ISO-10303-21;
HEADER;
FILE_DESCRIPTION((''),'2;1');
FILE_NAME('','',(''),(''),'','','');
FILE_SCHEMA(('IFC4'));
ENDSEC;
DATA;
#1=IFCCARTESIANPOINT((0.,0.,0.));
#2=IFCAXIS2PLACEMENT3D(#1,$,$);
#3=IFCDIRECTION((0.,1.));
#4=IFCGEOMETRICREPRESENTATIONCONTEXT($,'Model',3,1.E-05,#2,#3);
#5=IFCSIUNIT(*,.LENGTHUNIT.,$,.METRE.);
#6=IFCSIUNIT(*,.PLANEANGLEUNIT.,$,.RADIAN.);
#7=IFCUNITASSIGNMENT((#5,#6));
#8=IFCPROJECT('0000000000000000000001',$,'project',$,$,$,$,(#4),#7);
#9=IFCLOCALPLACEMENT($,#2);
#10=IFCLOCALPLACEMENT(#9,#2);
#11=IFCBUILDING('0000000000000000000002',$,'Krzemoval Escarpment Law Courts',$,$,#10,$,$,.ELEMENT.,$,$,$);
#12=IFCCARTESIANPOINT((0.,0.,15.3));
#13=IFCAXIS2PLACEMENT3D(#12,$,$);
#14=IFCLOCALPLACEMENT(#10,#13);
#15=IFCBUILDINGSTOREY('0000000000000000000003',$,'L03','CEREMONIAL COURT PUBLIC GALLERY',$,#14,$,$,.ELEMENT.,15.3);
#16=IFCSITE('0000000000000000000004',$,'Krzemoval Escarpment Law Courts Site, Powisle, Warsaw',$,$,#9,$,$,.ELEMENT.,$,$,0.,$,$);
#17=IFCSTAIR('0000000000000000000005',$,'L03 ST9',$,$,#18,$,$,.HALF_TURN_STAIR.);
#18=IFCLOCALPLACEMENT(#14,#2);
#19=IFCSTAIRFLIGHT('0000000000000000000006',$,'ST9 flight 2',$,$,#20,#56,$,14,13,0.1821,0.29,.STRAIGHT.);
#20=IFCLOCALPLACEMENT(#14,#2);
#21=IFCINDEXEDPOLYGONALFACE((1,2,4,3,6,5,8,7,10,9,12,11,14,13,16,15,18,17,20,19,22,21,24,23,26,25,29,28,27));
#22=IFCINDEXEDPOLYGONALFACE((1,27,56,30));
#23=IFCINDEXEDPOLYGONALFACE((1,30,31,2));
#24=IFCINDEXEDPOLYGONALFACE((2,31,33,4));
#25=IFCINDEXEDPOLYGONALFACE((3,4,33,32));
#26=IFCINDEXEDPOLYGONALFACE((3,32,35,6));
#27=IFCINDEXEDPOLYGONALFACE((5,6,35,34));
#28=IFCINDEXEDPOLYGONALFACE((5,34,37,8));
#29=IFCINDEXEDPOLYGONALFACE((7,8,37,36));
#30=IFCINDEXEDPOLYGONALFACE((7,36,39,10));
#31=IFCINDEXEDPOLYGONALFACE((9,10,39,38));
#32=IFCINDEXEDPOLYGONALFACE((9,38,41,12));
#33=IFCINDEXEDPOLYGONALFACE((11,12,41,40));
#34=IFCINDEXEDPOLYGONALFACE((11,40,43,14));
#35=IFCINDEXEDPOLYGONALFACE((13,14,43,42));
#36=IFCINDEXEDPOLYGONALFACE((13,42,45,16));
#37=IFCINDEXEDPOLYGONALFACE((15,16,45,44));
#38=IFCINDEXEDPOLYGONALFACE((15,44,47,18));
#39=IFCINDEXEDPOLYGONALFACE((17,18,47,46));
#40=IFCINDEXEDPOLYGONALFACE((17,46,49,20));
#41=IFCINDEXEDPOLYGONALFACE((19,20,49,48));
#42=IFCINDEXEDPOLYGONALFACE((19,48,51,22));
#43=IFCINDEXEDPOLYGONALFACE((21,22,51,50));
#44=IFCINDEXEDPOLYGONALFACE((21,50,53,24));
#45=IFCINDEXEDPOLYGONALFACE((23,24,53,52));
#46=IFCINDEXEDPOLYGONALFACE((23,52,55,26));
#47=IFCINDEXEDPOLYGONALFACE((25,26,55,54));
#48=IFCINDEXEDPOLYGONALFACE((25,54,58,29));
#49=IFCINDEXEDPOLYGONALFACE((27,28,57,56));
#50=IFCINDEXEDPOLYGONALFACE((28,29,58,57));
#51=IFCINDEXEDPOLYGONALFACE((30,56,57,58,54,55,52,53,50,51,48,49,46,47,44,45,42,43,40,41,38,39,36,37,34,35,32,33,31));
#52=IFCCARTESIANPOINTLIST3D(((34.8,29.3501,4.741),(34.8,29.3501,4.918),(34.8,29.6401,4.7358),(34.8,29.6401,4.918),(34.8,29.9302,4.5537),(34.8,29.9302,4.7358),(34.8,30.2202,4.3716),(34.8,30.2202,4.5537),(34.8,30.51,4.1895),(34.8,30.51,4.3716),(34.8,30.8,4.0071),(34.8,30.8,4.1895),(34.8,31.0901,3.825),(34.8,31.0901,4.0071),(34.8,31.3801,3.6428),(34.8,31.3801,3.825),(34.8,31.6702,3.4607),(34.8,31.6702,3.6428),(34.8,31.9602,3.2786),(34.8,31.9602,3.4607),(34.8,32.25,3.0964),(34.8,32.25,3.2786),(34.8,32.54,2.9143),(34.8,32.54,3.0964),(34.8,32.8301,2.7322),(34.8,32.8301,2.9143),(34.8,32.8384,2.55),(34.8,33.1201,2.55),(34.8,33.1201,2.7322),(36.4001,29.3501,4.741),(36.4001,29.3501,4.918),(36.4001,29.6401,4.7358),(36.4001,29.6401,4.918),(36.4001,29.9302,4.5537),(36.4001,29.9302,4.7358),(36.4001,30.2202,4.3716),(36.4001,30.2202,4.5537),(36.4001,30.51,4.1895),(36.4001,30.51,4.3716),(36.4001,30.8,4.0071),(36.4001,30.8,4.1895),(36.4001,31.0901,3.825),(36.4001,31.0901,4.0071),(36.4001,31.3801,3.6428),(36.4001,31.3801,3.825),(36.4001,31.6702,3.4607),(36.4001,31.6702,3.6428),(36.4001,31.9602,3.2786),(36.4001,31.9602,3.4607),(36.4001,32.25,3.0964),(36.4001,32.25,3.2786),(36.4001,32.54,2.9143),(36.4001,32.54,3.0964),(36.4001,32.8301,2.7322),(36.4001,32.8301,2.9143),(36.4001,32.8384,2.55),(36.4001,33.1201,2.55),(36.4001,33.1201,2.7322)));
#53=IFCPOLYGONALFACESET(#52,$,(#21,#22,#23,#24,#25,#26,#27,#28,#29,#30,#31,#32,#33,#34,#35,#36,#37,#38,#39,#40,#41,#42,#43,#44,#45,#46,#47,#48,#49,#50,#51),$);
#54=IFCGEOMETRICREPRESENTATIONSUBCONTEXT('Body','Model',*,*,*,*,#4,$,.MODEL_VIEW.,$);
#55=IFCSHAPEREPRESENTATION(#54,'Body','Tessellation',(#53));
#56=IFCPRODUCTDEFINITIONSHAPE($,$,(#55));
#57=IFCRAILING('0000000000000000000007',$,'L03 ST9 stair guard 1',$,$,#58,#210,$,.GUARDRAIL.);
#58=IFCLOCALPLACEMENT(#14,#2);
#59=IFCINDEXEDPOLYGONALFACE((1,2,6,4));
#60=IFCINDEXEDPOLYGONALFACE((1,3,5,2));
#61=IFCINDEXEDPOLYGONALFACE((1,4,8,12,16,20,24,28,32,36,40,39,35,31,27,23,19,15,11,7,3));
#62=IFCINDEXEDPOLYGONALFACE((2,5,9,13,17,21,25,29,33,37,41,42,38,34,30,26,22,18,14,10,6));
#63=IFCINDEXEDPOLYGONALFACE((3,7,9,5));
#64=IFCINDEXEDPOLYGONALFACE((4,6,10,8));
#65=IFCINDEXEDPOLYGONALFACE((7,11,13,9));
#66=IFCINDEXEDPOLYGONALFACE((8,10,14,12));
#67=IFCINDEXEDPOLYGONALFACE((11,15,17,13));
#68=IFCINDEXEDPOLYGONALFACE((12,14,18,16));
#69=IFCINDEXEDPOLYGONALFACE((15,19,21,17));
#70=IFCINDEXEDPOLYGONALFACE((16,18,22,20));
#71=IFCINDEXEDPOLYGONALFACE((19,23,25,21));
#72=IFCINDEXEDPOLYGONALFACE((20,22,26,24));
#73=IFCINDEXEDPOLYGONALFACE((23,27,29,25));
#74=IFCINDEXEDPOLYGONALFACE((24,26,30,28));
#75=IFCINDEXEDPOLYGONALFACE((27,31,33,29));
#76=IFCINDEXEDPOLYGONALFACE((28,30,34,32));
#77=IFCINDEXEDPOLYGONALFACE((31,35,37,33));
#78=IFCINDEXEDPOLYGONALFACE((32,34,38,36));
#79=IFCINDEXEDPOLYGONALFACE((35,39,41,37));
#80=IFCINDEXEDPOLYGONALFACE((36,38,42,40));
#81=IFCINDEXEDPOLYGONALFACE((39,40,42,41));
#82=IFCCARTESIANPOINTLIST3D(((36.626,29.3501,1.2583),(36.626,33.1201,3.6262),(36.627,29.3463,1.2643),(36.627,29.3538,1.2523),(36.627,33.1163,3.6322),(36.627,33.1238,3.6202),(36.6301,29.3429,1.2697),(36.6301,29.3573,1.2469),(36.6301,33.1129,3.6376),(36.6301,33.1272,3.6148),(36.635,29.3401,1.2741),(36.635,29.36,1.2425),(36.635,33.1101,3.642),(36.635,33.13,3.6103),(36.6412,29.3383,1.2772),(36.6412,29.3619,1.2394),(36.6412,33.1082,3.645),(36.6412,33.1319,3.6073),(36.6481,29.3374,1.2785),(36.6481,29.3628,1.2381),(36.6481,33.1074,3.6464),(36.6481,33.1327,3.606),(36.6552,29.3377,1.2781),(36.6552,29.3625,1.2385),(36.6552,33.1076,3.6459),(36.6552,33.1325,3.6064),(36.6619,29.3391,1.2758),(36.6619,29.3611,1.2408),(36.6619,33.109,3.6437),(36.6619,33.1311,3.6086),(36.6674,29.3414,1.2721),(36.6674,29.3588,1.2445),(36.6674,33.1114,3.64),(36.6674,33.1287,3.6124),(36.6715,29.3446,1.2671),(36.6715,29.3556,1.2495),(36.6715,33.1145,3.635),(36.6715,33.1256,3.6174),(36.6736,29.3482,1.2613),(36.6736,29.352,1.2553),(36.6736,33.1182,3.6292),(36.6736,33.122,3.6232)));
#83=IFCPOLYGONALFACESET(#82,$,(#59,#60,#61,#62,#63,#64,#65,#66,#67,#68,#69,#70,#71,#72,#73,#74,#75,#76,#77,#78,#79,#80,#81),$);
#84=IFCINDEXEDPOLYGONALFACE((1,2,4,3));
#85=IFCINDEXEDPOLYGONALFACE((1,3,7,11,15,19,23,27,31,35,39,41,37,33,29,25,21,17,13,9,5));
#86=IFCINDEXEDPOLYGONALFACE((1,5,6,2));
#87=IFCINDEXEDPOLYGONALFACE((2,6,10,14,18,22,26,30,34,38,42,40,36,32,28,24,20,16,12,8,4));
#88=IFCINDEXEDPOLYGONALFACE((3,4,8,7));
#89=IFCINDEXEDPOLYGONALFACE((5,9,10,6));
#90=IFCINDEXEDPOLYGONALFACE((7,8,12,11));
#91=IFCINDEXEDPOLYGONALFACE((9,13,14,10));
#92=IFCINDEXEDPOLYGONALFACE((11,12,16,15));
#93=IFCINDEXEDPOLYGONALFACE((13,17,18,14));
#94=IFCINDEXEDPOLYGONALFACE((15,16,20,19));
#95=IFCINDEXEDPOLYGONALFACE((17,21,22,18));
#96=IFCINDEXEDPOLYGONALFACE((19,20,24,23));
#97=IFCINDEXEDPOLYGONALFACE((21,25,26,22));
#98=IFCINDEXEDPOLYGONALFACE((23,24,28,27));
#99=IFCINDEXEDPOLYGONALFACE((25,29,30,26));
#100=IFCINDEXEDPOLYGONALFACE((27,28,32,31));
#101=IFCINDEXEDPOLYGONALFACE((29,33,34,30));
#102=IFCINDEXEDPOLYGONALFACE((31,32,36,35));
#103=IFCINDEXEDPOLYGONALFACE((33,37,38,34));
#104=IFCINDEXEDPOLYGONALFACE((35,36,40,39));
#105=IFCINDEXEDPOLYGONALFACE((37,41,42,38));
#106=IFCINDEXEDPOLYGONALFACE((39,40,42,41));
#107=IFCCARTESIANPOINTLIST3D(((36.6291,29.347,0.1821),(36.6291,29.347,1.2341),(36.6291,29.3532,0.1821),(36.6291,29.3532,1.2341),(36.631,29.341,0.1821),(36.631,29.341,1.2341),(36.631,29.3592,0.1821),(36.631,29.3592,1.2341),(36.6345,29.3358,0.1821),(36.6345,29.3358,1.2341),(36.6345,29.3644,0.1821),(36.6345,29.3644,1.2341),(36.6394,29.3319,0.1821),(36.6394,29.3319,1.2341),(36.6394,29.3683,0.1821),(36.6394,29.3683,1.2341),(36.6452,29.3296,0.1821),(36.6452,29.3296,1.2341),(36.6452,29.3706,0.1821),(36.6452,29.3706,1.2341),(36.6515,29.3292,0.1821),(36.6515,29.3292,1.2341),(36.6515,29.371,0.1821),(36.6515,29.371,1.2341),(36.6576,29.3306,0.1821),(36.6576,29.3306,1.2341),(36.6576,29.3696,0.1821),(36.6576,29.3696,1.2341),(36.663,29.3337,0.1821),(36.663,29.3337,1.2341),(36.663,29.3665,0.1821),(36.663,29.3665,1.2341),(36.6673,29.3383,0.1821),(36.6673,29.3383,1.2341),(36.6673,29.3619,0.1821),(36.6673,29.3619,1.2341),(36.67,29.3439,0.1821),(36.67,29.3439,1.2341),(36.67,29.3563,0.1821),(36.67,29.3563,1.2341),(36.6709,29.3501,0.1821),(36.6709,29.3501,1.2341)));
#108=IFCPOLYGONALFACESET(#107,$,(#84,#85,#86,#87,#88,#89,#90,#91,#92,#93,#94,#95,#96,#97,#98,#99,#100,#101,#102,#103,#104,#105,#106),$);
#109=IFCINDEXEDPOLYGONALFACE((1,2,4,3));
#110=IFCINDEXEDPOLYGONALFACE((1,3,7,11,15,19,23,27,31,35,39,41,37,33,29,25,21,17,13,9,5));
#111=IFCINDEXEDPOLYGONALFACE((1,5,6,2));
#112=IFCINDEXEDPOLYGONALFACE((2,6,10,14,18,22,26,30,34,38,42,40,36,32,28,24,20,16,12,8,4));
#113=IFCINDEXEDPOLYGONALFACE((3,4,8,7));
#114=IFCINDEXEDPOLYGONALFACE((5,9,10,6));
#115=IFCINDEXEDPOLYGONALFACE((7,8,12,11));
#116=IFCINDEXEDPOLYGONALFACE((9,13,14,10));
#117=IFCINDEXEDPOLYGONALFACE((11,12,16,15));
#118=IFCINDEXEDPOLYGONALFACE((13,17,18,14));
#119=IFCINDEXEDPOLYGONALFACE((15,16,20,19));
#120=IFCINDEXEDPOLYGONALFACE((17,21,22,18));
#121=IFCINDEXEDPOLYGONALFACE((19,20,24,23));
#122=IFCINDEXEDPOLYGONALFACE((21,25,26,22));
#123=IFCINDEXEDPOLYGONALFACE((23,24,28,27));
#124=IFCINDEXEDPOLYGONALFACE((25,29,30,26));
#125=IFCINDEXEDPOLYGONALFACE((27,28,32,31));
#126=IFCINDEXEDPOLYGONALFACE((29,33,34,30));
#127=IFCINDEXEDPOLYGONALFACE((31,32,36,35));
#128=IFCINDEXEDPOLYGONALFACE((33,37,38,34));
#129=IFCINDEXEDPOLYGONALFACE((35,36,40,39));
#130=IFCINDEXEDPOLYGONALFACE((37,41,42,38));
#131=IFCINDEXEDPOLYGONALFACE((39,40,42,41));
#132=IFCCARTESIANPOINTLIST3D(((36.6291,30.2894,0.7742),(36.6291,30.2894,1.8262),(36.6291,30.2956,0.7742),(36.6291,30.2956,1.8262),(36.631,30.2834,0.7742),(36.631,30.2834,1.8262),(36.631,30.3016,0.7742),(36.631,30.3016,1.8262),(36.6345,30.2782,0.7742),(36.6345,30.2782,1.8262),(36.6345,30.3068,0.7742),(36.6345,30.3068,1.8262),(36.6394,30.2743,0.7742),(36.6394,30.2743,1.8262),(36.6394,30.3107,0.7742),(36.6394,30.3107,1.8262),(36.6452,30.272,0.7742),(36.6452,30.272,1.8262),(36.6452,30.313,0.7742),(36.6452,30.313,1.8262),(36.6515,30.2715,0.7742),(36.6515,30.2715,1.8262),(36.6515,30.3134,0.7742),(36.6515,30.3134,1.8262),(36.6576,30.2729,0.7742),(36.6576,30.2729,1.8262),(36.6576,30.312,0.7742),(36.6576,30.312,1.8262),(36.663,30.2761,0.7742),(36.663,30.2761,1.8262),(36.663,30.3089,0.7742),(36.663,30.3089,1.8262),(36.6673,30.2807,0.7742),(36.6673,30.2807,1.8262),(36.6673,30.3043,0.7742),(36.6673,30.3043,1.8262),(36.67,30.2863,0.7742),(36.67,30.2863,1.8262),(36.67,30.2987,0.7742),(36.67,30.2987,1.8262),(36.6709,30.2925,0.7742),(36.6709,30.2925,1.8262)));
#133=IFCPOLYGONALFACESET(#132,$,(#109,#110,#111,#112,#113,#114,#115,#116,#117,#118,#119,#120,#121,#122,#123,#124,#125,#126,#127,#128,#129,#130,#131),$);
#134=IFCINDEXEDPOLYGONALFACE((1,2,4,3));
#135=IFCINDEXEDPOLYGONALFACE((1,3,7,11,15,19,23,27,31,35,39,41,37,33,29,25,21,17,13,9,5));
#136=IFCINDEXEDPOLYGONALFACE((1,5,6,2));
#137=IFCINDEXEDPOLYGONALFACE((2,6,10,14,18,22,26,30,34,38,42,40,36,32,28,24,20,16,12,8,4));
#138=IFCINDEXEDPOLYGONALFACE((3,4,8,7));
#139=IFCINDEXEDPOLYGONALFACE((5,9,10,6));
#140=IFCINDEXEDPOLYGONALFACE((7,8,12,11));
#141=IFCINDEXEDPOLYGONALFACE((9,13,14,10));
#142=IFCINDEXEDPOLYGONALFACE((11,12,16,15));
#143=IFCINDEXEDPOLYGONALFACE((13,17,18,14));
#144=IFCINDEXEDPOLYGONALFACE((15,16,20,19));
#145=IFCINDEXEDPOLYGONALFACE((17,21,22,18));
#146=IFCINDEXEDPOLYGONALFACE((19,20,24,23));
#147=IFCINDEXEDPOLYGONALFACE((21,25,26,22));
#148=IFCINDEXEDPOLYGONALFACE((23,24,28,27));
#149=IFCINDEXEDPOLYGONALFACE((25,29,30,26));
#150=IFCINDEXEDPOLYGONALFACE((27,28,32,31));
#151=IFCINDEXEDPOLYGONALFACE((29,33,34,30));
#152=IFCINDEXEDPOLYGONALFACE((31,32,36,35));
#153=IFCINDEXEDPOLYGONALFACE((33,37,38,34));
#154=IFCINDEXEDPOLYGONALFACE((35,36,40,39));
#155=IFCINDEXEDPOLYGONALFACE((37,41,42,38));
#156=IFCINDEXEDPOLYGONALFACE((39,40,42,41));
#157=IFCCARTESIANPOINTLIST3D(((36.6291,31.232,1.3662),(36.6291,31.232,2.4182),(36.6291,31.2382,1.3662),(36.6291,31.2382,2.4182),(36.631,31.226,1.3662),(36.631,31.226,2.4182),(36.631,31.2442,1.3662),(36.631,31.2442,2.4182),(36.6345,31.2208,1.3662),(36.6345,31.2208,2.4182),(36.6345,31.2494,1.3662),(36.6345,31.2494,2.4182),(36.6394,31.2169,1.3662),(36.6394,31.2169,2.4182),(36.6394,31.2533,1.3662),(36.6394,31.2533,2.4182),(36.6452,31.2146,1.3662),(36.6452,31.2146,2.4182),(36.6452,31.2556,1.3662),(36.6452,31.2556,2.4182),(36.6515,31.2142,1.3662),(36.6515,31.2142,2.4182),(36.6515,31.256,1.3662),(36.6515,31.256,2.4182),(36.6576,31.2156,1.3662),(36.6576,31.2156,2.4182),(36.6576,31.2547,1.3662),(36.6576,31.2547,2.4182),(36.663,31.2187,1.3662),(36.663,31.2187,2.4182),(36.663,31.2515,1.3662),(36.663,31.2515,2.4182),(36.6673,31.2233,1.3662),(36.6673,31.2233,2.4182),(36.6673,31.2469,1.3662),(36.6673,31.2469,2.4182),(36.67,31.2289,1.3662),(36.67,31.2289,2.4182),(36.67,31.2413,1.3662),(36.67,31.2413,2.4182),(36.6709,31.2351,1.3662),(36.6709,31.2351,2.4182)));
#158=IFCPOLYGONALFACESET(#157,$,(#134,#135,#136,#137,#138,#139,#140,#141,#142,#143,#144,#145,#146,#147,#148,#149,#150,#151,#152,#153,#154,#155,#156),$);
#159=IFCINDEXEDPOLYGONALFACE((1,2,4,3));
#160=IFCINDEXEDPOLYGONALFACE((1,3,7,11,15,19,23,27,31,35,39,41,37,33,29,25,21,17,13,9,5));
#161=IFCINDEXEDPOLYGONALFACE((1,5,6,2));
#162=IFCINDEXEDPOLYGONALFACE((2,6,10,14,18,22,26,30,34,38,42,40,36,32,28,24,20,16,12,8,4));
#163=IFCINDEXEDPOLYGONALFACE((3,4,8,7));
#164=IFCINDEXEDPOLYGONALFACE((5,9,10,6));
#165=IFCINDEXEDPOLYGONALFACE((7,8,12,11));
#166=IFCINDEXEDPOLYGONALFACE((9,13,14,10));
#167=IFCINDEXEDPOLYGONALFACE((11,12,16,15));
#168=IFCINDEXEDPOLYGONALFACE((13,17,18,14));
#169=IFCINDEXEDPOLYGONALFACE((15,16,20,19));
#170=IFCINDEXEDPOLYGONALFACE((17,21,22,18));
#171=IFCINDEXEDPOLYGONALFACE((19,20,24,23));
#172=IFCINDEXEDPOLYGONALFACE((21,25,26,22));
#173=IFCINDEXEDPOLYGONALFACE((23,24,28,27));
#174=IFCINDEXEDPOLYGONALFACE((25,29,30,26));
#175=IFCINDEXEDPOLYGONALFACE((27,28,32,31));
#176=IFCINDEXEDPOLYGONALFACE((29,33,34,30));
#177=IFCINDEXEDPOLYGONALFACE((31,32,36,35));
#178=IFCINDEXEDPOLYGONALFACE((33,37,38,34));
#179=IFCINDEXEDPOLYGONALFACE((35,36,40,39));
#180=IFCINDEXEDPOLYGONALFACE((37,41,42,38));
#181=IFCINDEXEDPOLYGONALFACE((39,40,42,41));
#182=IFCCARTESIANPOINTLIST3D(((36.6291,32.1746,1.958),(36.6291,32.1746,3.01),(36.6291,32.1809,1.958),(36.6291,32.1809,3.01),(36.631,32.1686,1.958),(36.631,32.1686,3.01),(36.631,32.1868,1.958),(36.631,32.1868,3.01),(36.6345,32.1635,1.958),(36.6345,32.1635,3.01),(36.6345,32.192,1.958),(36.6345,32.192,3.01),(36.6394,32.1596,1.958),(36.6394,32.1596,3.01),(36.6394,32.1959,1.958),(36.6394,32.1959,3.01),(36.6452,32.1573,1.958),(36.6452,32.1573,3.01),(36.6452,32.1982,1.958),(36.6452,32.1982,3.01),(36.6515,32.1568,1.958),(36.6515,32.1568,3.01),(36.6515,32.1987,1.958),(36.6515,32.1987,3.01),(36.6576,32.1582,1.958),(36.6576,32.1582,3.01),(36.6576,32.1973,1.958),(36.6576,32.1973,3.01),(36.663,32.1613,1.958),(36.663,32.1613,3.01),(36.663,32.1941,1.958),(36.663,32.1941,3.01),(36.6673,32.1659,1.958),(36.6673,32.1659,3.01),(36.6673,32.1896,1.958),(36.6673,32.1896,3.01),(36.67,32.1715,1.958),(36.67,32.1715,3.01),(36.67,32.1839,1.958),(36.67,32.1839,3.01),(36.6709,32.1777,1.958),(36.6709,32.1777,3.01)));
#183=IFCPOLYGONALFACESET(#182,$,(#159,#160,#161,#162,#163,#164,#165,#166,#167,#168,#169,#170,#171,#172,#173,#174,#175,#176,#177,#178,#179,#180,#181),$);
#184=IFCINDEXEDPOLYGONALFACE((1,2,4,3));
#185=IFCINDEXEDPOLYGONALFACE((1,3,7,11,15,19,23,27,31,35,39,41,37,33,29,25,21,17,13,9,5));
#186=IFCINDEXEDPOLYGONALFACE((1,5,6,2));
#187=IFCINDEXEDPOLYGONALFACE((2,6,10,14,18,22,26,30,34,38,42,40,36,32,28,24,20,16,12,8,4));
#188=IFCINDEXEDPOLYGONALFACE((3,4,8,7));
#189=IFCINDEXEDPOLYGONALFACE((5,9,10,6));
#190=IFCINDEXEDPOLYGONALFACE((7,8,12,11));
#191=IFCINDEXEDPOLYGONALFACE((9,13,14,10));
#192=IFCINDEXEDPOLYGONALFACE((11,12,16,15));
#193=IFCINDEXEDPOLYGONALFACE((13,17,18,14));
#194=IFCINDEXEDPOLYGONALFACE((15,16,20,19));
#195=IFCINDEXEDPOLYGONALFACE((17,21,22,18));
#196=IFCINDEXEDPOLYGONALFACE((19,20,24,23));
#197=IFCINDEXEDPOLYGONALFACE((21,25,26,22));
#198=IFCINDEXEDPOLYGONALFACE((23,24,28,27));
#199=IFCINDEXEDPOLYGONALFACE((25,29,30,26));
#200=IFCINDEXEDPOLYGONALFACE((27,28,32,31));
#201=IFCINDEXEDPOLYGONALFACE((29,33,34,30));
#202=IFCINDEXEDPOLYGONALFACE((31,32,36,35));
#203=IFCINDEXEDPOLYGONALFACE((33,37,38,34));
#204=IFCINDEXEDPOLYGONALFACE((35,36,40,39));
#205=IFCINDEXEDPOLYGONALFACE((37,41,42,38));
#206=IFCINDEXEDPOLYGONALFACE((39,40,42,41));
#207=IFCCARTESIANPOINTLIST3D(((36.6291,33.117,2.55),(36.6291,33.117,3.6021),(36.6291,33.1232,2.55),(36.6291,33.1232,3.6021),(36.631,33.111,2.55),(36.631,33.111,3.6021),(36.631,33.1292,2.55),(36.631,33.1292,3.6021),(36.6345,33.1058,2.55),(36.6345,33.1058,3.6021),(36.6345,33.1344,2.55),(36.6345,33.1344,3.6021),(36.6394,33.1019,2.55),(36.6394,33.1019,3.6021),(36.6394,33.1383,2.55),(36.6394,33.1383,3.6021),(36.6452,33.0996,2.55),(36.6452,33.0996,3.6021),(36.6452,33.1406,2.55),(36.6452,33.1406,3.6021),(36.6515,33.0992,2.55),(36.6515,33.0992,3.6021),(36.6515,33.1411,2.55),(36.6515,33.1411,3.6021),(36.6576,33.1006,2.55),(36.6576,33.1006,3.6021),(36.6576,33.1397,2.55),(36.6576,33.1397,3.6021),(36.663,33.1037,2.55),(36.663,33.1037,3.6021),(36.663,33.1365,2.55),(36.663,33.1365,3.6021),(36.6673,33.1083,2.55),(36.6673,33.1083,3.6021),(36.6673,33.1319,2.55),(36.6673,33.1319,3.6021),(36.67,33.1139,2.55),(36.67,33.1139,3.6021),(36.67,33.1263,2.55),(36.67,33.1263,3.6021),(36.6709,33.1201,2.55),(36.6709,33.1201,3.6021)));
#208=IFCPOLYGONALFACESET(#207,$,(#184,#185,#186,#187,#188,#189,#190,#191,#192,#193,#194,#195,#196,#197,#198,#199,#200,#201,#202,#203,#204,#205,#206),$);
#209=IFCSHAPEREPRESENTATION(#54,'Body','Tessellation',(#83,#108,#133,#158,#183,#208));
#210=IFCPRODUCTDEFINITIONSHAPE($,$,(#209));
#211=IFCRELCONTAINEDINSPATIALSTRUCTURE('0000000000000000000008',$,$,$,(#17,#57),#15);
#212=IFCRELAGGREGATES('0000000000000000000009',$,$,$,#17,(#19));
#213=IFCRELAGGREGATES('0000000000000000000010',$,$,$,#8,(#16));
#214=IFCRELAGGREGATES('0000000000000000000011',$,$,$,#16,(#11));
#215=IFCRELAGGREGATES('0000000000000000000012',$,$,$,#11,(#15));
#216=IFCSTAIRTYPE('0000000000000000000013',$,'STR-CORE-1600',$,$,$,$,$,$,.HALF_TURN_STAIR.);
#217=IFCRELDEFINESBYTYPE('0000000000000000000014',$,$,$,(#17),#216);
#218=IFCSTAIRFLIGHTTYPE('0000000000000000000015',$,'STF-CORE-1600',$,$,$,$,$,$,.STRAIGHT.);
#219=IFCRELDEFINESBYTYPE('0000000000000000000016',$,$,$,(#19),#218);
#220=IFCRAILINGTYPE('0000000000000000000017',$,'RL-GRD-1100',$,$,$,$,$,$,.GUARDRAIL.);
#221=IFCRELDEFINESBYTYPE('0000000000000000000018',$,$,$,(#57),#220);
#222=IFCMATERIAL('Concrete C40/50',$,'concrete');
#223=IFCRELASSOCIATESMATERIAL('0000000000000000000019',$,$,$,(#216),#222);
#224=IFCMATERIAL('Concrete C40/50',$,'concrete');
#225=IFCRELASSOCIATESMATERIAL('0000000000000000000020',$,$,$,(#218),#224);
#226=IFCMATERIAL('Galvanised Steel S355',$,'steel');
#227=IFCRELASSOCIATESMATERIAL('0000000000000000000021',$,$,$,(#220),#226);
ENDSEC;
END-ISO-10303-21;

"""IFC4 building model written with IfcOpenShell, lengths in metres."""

from ifc_helpers import new_model, si_unit, direction, frame, origin, origin_2d, place, context, subcontext, project, spatial, polyline, circle, outline, extrude, material, type_object, element, aggregate, save


model = new_model("IFC4")

# Units and contexts
model_context = context("Model", 3, precision=1e-05, world=origin(), true_north=direction((0.0, 1.0)))
body_context = subcontext(model_context, "Body", "Model", "MODEL_VIEW")
ifc_project = project(units=[si_unit("LENGTHUNIT", "METRE"), si_unit("PLANEANGLEUNIT", "RADIAN")], contexts=[model_context])

# Site, building, storey
site_placement = place(None, origin())
site = spatial("IfcSite", under=ifc_project, at=site_placement, Name="Krzemoval Escarpment Law Courts Site, Powisle, Warsaw", CompositionType="ELEMENT", RefElevation=0.0)
building_placement = place(site_placement, origin())
building = spatial("IfcBuilding", under=site, at=building_placement, Name="Krzemoval Escarpment Law Courts", CompositionType="ELEMENT")
storey_placement = place(building_placement, frame((0.0, 0.0, 15.3)))
storey = spatial("IfcBuildingStorey", under=building, at=storey_placement, Name="L03", Description="CEREMONIAL COURT PUBLIC GALLERY", CompositionType="ELEMENT", Elevation=15.3)

# Stair, stair flight
ifc_material_1 = material(Name="Concrete C40/50", Category="concrete")
stair_type = type_object("IfcStairType", Name="STR-CORE-1600", PredefinedType="HALF_TURN_STAIR", material=ifc_material_1)
stair_placement = place(storey_placement, origin())
stair = element("IfcStair", 1, at=stair_placement, inside=storey, type_object=stair_type, Name="L03 ST9", PredefinedType="HALF_TURN_STAIR")
ifc_material_2 = material(Name="Concrete C40/50", Category="concrete")
stair_flight_type = type_object("IfcStairFlightType", Name="STF-CORE-1600", PredefinedType="STRAIGHT", material=ifc_material_2)
stair_flight_1_placement = place(storey_placement, frame((35.6001, 33.1201, 2.55), z_axis=(0.0, 0.0, 1.0), x_axis=(0.0, -1.0, 0.0)))
stair_flight_1 = element("IfcStairFlight", 2, at=stair_flight_1_placement, type_object=stair_flight_type, Name="ST9 flight 2", NumberOfRisers=14, NumberOfTreads=13, PredefinedType="STRAIGHT", RiserHeight=0.1821, TreadLength=0.29, context=body_context, shape_type="SweptSolid", body=[
    extrude(outline(polyline([(0.0, 0.0), (0.0, 0.1821), (0.29, 0.1821), (0.29, 0.3643), (0.5801, 0.3643), (0.5801, 0.5464), (0.8701, 0.5464), (0.8701, 0.7285), (1.1599, 0.7285), (1.1599, 0.9106), (1.45, 0.9106), (1.45, 1.0928), (1.74, 1.0928), (1.74, 1.2749), (2.03, 1.2749), (2.03, 1.457), (2.3201, 1.457), (2.3201, 1.6394), (2.6101, 1.6394), (2.6101, 1.8215), (2.8999, 1.8215), (2.8999, 2.0037), (3.1899, 2.0037), (3.1899, 2.1858), (3.48, 2.1858), (3.48, 2.3679), (3.77, 2.3679), (3.77, 2.55), (3.77, 2.1909), (0.2817, 0.0), (0.0, 0.0)])), frame((0.0, 0.8, 0.0), z_axis=(0.0, -1.0, 0.0), x_axis=(1.0, 0.0, 0.0)), (0.0, 0.0, 1.0), 1.6001),
])
aggregate(stair, [stair_flight_1])

# Railing
ifc_material_3 = material(Name="Galvanised Steel S355", Category="steel")
railing_type_1 = type_object("IfcRailingType", Name="RL-GRD-1100", PredefinedType="GUARDRAIL", material=ifc_material_3)
railing_1_placement = place(storey_placement, frame((36.6499, 29.3501, 0.1821)))
element("IfcRailing", 3, at=railing_1_placement, inside=storey, type_object=railing_type_1, Name="L03 ST9 stair guard 1", PredefinedType="GUARDRAIL", context=body_context, shape_type="SweptSolid", body=[
    extrude(circle(Radius=0.0239, at=origin_2d()), frame((0.0, 0.0, 1.0762), z_axis=(0.0, 0.846819, 0.531881), x_axis=(-1.0, 0.0, 0.0)), (0.0, 0.0, 1.0), 4.4519),
    extrude(circle(Radius=0.021, at=origin_2d()), origin(), (0.0, 0.0, 1.0), 1.052),
    extrude(circle(Radius=0.021, at=origin_2d()), frame((0.0, 0.9424, 0.592)), (0.0, 0.0, 1.0), 1.052),
    extrude(circle(Radius=0.021, at=origin_2d()), frame((0.0, 1.885, 1.1841)), (0.0, 0.0, 1.0), 1.052),
    extrude(circle(Radius=0.021, at=origin_2d()), frame((0.0, 2.8276, 1.7759)), (0.0, 0.0, 1.0), 1.052),
    extrude(circle(Radius=0.021, at=origin_2d()), frame((0.0, 3.77, 2.3679)), (0.0, 0.0, 1.0), 1.052),
])

save(model, "model.ifc")
